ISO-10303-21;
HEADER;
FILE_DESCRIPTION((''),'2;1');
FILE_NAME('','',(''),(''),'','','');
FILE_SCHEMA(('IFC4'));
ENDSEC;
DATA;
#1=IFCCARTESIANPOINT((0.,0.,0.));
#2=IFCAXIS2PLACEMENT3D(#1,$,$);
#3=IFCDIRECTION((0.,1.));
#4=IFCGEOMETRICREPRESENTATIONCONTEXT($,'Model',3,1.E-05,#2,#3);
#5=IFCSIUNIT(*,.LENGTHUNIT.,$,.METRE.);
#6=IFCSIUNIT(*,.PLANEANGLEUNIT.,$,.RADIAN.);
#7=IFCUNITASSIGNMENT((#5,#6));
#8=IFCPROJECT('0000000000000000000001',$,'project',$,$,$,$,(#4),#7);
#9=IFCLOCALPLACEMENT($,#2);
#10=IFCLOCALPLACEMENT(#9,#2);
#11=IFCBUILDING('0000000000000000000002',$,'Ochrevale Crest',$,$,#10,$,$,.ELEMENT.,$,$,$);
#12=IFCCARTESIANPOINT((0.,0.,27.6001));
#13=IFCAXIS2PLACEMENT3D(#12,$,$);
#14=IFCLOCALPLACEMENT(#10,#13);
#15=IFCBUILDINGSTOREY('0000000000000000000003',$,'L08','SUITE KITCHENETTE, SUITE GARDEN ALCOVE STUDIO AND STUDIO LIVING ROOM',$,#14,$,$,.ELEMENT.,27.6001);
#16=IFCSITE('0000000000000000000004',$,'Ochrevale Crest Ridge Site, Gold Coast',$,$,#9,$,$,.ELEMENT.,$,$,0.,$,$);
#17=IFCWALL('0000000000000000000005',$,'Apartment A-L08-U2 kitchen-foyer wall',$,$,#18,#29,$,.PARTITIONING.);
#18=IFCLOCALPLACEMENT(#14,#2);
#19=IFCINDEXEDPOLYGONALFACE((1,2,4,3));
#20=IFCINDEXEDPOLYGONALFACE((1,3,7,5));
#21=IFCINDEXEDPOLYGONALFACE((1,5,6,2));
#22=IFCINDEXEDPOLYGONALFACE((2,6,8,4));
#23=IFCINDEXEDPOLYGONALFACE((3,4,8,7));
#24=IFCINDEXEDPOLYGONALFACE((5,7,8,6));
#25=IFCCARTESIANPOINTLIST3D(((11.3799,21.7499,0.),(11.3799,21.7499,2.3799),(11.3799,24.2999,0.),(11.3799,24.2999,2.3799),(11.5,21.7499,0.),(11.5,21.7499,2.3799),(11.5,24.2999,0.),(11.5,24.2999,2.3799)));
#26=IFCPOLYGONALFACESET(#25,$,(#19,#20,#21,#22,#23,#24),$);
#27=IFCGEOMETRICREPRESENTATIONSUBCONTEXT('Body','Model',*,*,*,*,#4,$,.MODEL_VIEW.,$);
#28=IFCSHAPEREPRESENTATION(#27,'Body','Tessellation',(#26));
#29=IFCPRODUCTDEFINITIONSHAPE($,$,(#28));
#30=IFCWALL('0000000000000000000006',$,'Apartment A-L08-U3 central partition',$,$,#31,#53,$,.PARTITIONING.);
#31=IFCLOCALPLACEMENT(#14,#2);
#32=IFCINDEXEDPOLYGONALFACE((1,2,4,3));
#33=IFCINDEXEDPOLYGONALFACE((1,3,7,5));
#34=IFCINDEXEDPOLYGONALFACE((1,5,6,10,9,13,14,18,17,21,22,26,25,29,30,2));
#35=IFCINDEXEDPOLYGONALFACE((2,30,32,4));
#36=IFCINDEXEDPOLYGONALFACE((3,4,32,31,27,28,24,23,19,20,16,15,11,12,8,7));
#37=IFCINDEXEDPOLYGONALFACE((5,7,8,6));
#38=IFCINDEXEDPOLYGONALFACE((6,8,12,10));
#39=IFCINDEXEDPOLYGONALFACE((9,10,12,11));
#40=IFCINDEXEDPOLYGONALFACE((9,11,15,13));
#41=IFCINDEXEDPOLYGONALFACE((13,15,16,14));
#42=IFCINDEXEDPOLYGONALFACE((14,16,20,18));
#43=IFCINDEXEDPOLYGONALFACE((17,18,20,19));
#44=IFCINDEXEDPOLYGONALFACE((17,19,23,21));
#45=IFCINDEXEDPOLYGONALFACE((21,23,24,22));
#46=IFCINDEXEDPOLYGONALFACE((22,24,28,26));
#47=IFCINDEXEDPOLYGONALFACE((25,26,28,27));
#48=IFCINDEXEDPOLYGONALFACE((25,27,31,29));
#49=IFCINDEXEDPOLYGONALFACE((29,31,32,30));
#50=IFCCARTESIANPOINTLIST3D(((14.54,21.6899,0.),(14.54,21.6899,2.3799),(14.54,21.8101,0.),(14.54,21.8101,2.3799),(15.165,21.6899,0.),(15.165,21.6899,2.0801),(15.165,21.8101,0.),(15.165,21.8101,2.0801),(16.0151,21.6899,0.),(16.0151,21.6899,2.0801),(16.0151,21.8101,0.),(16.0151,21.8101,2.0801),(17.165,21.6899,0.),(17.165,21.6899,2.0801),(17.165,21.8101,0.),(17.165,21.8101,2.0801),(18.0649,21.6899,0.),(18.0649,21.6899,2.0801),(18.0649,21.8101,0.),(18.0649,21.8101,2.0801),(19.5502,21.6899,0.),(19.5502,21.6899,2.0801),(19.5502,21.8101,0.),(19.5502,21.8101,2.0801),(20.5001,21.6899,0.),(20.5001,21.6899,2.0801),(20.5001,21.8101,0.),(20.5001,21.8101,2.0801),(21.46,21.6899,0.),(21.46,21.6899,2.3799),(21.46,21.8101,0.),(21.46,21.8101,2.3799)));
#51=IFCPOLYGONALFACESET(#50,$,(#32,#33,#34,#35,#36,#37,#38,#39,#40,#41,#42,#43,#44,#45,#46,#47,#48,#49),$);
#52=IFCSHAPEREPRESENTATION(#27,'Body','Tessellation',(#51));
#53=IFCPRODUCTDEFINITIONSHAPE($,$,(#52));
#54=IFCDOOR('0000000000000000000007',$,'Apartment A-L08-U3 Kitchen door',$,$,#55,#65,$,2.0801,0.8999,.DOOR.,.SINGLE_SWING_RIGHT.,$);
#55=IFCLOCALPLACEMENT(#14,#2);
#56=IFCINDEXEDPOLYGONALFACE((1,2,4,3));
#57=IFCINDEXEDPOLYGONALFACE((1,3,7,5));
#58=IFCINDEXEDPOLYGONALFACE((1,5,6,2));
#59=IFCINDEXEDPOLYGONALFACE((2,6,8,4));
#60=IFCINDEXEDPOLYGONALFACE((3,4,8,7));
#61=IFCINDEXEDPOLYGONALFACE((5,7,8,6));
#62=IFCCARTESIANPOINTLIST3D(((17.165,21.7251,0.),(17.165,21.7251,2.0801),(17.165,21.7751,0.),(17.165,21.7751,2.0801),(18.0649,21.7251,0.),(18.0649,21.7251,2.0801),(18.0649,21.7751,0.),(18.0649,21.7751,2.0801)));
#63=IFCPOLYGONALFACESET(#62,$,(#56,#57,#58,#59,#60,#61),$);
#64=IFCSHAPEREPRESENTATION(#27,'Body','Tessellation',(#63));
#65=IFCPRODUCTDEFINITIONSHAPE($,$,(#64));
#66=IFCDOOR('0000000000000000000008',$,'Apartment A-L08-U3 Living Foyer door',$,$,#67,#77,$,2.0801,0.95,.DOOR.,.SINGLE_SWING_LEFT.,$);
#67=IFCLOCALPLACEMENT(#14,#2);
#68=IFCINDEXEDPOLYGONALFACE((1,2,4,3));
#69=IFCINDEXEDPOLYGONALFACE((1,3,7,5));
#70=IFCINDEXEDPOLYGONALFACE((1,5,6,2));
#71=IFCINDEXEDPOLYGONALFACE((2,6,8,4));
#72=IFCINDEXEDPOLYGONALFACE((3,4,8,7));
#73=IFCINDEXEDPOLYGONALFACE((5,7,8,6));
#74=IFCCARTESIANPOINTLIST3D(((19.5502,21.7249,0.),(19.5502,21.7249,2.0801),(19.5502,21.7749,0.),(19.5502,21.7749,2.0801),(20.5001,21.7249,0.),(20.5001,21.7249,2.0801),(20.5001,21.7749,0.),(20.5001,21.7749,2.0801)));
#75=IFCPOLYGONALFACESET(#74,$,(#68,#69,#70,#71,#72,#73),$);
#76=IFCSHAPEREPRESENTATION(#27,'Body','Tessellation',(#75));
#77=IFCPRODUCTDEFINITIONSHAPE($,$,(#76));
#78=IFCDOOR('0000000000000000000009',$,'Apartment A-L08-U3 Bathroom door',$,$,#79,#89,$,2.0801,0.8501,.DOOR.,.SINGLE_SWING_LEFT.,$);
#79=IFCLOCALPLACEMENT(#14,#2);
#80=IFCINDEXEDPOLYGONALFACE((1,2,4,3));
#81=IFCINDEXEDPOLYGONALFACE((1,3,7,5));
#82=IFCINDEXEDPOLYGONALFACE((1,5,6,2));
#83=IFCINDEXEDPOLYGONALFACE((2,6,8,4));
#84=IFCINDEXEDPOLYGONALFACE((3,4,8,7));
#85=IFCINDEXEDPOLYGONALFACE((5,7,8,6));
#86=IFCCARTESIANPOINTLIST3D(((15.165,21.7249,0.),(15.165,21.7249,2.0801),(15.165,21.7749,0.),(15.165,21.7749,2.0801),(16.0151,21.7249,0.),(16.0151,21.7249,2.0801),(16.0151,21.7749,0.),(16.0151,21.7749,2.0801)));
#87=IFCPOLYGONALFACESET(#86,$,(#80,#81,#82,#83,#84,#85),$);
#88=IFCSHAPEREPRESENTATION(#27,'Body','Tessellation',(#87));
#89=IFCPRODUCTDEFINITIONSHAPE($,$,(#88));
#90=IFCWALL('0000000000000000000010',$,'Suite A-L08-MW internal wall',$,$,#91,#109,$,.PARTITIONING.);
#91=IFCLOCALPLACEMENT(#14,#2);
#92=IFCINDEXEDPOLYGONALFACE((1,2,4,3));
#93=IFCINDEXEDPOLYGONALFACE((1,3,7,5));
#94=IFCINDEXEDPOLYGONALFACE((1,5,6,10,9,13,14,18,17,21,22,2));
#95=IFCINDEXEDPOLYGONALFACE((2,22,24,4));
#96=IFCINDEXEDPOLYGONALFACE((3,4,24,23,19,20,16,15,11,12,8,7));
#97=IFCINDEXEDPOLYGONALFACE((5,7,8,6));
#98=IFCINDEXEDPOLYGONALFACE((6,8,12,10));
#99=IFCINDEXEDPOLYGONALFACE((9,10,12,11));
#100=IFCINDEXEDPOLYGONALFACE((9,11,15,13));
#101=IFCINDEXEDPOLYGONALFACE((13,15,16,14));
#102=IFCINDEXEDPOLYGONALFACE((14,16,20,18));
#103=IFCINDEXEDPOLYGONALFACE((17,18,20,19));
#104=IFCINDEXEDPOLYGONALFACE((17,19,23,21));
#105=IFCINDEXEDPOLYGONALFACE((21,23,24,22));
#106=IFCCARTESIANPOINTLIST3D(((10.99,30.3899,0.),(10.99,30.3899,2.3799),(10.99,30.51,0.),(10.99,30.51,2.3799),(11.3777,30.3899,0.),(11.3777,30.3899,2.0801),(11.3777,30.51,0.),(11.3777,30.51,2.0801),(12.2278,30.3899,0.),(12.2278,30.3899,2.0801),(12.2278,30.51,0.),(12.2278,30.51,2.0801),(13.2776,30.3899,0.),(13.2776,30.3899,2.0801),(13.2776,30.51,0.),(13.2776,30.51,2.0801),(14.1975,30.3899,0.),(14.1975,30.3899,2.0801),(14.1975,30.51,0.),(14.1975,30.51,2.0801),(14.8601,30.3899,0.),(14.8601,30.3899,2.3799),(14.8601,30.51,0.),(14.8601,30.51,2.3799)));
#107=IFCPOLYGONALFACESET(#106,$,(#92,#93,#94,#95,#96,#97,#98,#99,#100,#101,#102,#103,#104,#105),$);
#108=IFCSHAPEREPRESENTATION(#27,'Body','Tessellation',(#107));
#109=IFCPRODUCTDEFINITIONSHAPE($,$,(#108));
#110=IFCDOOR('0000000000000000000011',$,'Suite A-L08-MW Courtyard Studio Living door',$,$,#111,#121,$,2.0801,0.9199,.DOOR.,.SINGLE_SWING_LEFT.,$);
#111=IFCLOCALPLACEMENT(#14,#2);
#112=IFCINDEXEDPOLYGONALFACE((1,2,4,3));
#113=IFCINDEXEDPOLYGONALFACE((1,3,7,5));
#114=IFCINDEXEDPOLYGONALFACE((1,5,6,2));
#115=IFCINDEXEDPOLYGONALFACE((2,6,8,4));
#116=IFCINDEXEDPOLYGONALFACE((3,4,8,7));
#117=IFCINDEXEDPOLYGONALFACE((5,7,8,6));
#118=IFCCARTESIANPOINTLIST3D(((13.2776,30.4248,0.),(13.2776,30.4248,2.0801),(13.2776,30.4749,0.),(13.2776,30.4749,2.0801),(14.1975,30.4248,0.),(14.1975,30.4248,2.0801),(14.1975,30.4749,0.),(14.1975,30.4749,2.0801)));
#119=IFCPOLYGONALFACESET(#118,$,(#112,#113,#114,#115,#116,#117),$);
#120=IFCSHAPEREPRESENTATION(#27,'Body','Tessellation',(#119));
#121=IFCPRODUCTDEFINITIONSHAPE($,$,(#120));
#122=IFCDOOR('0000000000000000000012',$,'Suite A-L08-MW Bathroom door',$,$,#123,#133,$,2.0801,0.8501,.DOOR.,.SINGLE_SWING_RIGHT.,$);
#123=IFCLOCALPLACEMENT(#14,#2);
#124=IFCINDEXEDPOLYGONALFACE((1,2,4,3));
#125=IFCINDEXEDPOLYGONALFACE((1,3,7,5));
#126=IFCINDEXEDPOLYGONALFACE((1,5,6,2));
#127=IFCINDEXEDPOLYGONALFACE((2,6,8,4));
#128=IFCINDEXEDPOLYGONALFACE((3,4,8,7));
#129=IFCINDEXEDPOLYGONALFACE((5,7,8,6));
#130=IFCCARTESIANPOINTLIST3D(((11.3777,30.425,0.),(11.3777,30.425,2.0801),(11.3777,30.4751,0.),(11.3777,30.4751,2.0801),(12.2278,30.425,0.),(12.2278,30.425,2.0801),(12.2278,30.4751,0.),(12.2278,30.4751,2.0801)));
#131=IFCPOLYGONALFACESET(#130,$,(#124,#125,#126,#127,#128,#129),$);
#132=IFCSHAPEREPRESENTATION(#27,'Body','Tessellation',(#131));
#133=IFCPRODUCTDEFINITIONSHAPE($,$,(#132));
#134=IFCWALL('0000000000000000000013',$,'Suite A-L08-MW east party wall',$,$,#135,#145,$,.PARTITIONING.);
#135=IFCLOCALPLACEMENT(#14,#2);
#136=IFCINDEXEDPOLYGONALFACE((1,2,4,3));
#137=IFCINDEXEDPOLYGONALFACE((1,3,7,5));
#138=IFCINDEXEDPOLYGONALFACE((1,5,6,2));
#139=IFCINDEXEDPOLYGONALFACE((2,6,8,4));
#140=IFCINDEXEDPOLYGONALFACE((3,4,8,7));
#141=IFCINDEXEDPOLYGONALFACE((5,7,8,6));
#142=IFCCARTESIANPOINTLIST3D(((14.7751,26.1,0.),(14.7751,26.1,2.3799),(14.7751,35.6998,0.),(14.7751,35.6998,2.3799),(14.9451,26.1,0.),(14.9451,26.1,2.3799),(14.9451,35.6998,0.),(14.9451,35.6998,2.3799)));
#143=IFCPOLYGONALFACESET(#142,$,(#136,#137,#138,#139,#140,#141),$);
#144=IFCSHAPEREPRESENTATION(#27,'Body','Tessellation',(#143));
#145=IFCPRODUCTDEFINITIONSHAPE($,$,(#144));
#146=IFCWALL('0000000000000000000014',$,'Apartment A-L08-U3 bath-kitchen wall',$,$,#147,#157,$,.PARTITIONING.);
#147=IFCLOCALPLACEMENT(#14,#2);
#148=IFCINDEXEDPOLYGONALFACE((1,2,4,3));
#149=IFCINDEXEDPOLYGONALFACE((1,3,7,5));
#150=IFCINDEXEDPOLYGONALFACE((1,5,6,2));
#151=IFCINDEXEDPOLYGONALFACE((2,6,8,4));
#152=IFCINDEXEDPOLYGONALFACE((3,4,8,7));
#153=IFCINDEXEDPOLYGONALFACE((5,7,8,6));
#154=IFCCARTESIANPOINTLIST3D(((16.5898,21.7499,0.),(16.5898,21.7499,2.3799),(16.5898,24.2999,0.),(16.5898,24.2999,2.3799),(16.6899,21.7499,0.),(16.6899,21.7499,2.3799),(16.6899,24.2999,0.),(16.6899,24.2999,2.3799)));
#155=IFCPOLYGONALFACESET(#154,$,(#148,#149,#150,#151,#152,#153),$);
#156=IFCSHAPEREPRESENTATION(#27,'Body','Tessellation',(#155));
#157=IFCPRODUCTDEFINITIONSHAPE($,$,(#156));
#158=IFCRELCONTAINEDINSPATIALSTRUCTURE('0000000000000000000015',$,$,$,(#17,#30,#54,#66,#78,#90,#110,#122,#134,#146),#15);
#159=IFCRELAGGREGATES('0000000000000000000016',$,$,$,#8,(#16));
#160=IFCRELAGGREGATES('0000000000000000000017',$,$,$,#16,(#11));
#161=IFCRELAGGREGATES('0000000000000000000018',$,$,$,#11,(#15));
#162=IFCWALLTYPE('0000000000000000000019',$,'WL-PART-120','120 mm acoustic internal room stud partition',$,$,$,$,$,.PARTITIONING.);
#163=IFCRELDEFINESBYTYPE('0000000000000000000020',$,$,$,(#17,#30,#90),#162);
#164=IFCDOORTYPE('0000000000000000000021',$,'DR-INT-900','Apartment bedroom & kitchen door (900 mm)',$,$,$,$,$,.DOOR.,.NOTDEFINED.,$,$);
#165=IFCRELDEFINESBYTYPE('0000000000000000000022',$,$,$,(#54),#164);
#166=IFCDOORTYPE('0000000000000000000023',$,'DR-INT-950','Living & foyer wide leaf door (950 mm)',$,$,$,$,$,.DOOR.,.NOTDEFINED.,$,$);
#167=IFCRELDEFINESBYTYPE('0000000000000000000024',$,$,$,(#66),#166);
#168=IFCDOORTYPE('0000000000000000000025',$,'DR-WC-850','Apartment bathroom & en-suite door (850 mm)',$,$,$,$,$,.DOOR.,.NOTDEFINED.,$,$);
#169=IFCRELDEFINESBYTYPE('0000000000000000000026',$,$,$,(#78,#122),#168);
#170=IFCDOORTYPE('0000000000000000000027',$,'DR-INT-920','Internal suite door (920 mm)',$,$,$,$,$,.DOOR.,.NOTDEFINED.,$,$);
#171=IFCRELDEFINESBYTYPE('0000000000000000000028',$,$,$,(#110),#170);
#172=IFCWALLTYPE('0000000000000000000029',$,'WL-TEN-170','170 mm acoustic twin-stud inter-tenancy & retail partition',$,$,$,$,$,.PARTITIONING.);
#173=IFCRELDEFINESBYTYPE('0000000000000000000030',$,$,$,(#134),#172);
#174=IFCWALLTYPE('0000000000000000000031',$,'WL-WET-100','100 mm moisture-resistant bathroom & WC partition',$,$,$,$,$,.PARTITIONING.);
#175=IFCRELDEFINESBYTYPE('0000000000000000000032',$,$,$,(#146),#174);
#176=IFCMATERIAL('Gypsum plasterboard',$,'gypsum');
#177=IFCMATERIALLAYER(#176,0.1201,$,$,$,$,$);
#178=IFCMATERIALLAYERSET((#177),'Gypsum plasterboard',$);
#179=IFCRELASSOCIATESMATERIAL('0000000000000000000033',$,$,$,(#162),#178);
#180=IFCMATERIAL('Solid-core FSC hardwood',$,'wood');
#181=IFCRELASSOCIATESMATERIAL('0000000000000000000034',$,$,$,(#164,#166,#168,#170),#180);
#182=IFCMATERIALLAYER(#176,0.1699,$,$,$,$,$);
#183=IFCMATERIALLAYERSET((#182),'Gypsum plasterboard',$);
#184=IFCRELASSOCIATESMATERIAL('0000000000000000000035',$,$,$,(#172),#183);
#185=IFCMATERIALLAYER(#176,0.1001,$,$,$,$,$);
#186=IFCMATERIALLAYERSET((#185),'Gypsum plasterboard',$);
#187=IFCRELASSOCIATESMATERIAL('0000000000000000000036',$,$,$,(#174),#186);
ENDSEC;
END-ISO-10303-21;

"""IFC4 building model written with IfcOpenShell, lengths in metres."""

from ifc_helpers import new_model, si_unit, direction, frame, frame_2d, origin, place, context, subcontext, project, spatial, rectangle, extrude, material, layer, layer_set, type_object, element, fill, save


model = new_model("IFC4")

# Units and contexts
model_context = context("Model", 3, precision=1e-05, world=origin(), true_north=direction((0.0, 1.0)))
body_context = subcontext(model_context, "Body", "Model", "MODEL_VIEW")
ifc_project = project(units=[si_unit("LENGTHUNIT", "METRE"), si_unit("PLANEANGLEUNIT", "RADIAN")], contexts=[model_context])

# Site, building, storey
site_placement = place(None, origin())
site = spatial("IfcSite", under=ifc_project, at=site_placement, Name="Ochrevale Crest Ridge Site, Gold Coast", CompositionType="ELEMENT", RefElevation=0.0)
building_placement = place(site_placement, origin())
building = spatial("IfcBuilding", under=site, at=building_placement, Name="Ochrevale Crest", CompositionType="ELEMENT")
storey_placement = place(building_placement, frame((0.0, 0.0, 27.6001)))
storey = spatial("IfcBuildingStorey", under=building, at=storey_placement, Name="L08", Description="SUITE KITCHENETTE, SUITE GARDEN ALCOVE STUDIO AND STUDIO LIVING ROOM", CompositionType="ELEMENT", Elevation=27.6001)

# Shared definitions
ifc_material_1 = material(Name="Gypsum plasterboard", Category="gypsum")
ifc_material_2 = material(Name="Solid-core FSC hardwood", Category="wood")

# Wall
ifc_layer_1 = layer(ifc_material_1, 0.1201)
ifc_layer_set_1 = layer_set([ifc_layer_1], Name="Gypsum plasterboard")
wall_type_1 = type_object("IfcWallType", Name="WL-PART-120", Description="120 mm acoustic internal room stud partition", PredefinedType="PARTITIONING", material=ifc_layer_set_1)
wall_1_placement = place(storey_placement, frame((11.4399, 21.75, 0.0), z_axis=(0.0, 0.0, 1.0), x_axis=(0.0, 1.0, 0.0)))
element("IfcWall", 1, at=wall_1_placement, inside=storey, type_object=wall_type_1, Name="Apartment A-L08-U2 kitchen-foyer wall", PredefinedType="PARTITIONING", context=body_context, shape_type="SweptSolid", body=[
    extrude(rectangle(XDim=2.55, YDim=0.1201, at=frame_2d((1.2749, 0.0))), origin(), (0.0, 0.0, 1.0), 2.3799),
])

# Walls, openings, doors
wall_2_placement = place(storey_placement, frame((14.54, 21.75, 0.0), z_axis=(0.0, 0.0, 1.0), x_axis=(1.0, 0.0, 0.0)))
wall_2 = element("IfcWall", 2, at=wall_2_placement, inside=storey, type_object=wall_type_1, Name="Apartment A-L08-U3 central partition", PredefinedType="PARTITIONING", context=body_context, shape_type="SweptSolid", body=[
    extrude(rectangle(XDim=6.9199, YDim=0.1201, at=frame_2d((3.46, 0.0))), origin(), (0.0, 0.0, 1.0), 2.3799),
])
opening_1_placement = place(wall_2_placement, frame((0.625, 0.0, 0.0)))
opening_1 = element("IfcOpeningElement", 3, at=opening_1_placement, cuts=wall_2, PredefinedType="OPENING", context=body_context, shape_type="SweptSolid", body=[
    extrude(rectangle(XDim=0.8501, YDim=2.0801, at=frame_2d((0.425, 1.04))), frame((0.0, 0.0701, 0.0), z_axis=(0.0, -1.0, 0.0), x_axis=(1.0, 0.0, 0.0)), (0.0, 0.0, 1.0), 0.1401),
])
opening_2_placement = place(wall_2_placement, frame((3.5249, 0.0, 0.0), z_axis=(0.0, 0.0, 1.0), x_axis=(-1.0, 0.0, 0.0)))
opening_2 = element("IfcOpeningElement", 4, at=opening_2_placement, cuts=wall_2, PredefinedType="OPENING", context=body_context, shape_type="SweptSolid", body=[
    extrude(rectangle(XDim=0.8999, YDim=2.0801, at=frame_2d((0.45, 1.04))), frame((0.0, 0.0701, 0.0), z_axis=(0.0, -1.0, 0.0), x_axis=(1.0, 0.0, 0.0)), (0.0, 0.0, 1.0), 0.1401),
])
opening_3_placement = place(wall_2_placement, frame((5.01, 0.0, 0.0)))
opening_3 = element("IfcOpeningElement", 5, at=opening_3_placement, cuts=wall_2, PredefinedType="OPENING", context=body_context, shape_type="SweptSolid", body=[
    extrude(rectangle(XDim=0.95, YDim=2.0801, at=frame_2d((0.4751, 1.04))), frame((0.0, 0.0701, 0.0), z_axis=(0.0, -1.0, 0.0), x_axis=(1.0, 0.0, 0.0)), (0.0, 0.0, 1.0), 0.1401),
])
door_type_1 = type_object("IfcDoorType", Name="DR-INT-900", Description="Apartment bedroom & kitchen door (900 mm)", OperationType="NOTDEFINED", PredefinedType="DOOR", material=ifc_material_2)
door_1_placement = place(opening_2_placement, origin())
door_1 = element("IfcDoor", 6, at=door_1_placement, inside=storey, type_object=door_type_1, Name="Apartment A-L08-U3 Kitchen door", OperationType="SINGLE_SWING_RIGHT", OverallHeight=2.0801, OverallWidth=0.8999, PredefinedType="DOOR", context=body_context, shape_type="SweptSolid", body=[
    extrude(rectangle(XDim=0.8999, YDim=2.0801, at=frame_2d((0.45, 1.04))), frame((0.0, 0.0249, 0.0), z_axis=(0.0, -1.0, 0.0), x_axis=(1.0, 0.0, 0.0)), (0.0, 0.0, 1.0), 0.05),
])
fill(opening_2, door_1)
door_type_2 = type_object("IfcDoorType", Name="DR-INT-950", Description="Living & foyer wide leaf door (950 mm)", OperationType="NOTDEFINED", PredefinedType="DOOR", material=ifc_material_2)
door_2_placement = place(opening_3_placement, origin())
door_2 = element("IfcDoor", 7, at=door_2_placement, inside=storey, type_object=door_type_2, Name="Apartment A-L08-U3 Living Foyer door", OperationType="SINGLE_SWING_LEFT", OverallHeight=2.0801, OverallWidth=0.95, PredefinedType="DOOR", context=body_context, shape_type="SweptSolid", body=[
    extrude(rectangle(XDim=0.95, YDim=2.0801, at=frame_2d((0.4751, 1.04))), frame((0.0, 0.0249, 0.0), z_axis=(0.0, -1.0, 0.0), x_axis=(1.0, 0.0, 0.0)), (0.0, 0.0, 1.0), 0.05),
])
fill(opening_3, door_2)
door_type_3 = type_object("IfcDoorType", Name="DR-WC-850", Description="Apartment bathroom & en-suite door (850 mm)", OperationType="NOTDEFINED", PredefinedType="DOOR", material=ifc_material_2)
door_3_placement = place(opening_1_placement, origin())
door_3 = element("IfcDoor", 8, at=door_3_placement, inside=storey, type_object=door_type_3, Name="Apartment A-L08-U3 Bathroom door", OperationType="SINGLE_SWING_LEFT", OverallHeight=2.0801, OverallWidth=0.8501, PredefinedType="DOOR", context=body_context, shape_type="SweptSolid", body=[
    extrude(rectangle(XDim=0.8501, YDim=2.0801, at=frame_2d((0.425, 1.04))), frame((0.0, 0.0249, 0.0), z_axis=(0.0, -1.0, 0.0), x_axis=(1.0, 0.0, 0.0)), (0.0, 0.0, 1.0), 0.05),
])
fill(opening_1, door_3)
wall_3_placement = place(storey_placement, frame((10.99, 30.45, 0.0), z_axis=(0.0, 0.0, 1.0), x_axis=(1.0, 0.0, 0.0)))
wall_3 = element("IfcWall", 9, at=wall_3_placement, inside=storey, type_object=wall_type_1, Name="Suite A-L08-MW internal wall", PredefinedType="PARTITIONING", context=body_context, shape_type="SweptSolid", body=[
    extrude(rectangle(XDim=3.8701, YDim=0.1201, at=frame_2d((1.9351, 0.0))), origin(), (0.0, 0.0, 1.0), 2.3799),
])
opening_4_placement = place(wall_3_placement, frame((1.2378, 0.0, 0.0), z_axis=(0.0, 0.0, 1.0), x_axis=(-1.0, 0.0, 0.0)))
opening_4 = element("IfcOpeningElement", 10, at=opening_4_placement, cuts=wall_3, PredefinedType="OPENING", context=body_context, shape_type="SweptSolid", body=[
    extrude(rectangle(XDim=0.8501, YDim=2.0801, at=frame_2d((0.425, 1.04))), frame((0.0, 0.0701, 0.0), z_axis=(0.0, -1.0, 0.0), x_axis=(1.0, 0.0, 0.0)), (0.0, 0.0, 1.0), 0.1401),
])
opening_5_placement = place(wall_3_placement, frame((2.2876, 0.0, 0.0)))
opening_5 = element("IfcOpeningElement", 11, at=opening_5_placement, cuts=wall_3, PredefinedType="OPENING", context=body_context, shape_type="SweptSolid", body=[
    extrude(rectangle(XDim=0.9199, YDim=2.0801, at=frame_2d((0.46, 1.04))), frame((0.0, 0.0701, 0.0), z_axis=(0.0, -1.0, 0.0), x_axis=(1.0, 0.0, 0.0)), (0.0, 0.0, 1.0), 0.1401),
])
door_type_4 = type_object("IfcDoorType", Name="DR-INT-920", Description="Internal suite door (920 mm)", OperationType="NOTDEFINED", PredefinedType="DOOR", material=ifc_material_2)
door_4_placement = place(opening_5_placement, origin())
door_4 = element("IfcDoor", 12, at=door_4_placement, inside=storey, type_object=door_type_4, Name="Suite A-L08-MW Courtyard Studio Living door", OperationType="SINGLE_SWING_LEFT", OverallHeight=2.0801, OverallWidth=0.9199, PredefinedType="DOOR", context=body_context, shape_type="SweptSolid", body=[
    extrude(rectangle(XDim=0.9199, YDim=2.0801, at=frame_2d((0.46, 1.04))), frame((0.0, 0.0249, 0.0), z_axis=(0.0, -1.0, 0.0), x_axis=(1.0, 0.0, 0.0)), (0.0, 0.0, 1.0), 0.05),
])
fill(opening_5, door_4)
door_5_placement = place(opening_4_placement, origin())
door_5 = element("IfcDoor", 13, at=door_5_placement, inside=storey, type_object=door_type_3, Name="Suite A-L08-MW Bathroom door", OperationType="SINGLE_SWING_RIGHT", OverallHeight=2.0801, OverallWidth=0.8501, PredefinedType="DOOR", context=body_context, shape_type="SweptSolid", body=[
    extrude(rectangle(XDim=0.8501, YDim=2.0801, at=frame_2d((0.425, 1.04))), frame((0.0, 0.0249, 0.0), z_axis=(0.0, -1.0, 0.0), x_axis=(1.0, 0.0, 0.0)), (0.0, 0.0, 1.0), 0.05),
])
fill(opening_4, door_5)

# Walls
ifc_layer_2 = layer(ifc_material_1, 0.1699)
ifc_layer_set_2 = layer_set([ifc_layer_2], Name="Gypsum plasterboard")
wall_type_2 = type_object("IfcWallType", Name="WL-TEN-170", Description="170 mm acoustic twin-stud inter-tenancy & retail partition", PredefinedType="PARTITIONING", material=ifc_layer_set_2)
wall_4_placement = place(storey_placement, frame((14.8601, 26.1001, 0.0), z_axis=(0.0, 0.0, 1.0), x_axis=(0.0, 1.0, 0.0)))
element("IfcWall", 14, at=wall_4_placement, inside=storey, type_object=wall_type_2, Name="Suite A-L08-MW east party wall", PredefinedType="PARTITIONING", context=body_context, shape_type="SweptSolid", body=[
    extrude(rectangle(XDim=9.5999, YDim=0.1699, at=frame_2d((4.7998, 0.0))), origin(), (0.0, 0.0, 1.0), 2.3799),
])
ifc_layer_3 = layer(ifc_material_1, 0.1001)
ifc_layer_set_3 = layer_set([ifc_layer_3], Name="Gypsum plasterboard")
wall_type_3 = type_object("IfcWallType", Name="WL-WET-100", Description="100 mm moisture-resistant bathroom & WC partition", PredefinedType="PARTITIONING", material=ifc_layer_set_3)
wall_5_placement = place(storey_placement, frame((16.6399, 21.75, 0.0), z_axis=(0.0, 0.0, 1.0), x_axis=(0.0, 1.0, 0.0)))
element("IfcWall", 15, at=wall_5_placement, inside=storey, type_object=wall_type_3, Name="Apartment A-L08-U3 bath-kitchen wall", PredefinedType="PARTITIONING", context=body_context, shape_type="SweptSolid", body=[
    extrude(rectangle(XDim=2.55, YDim=0.1001, at=frame_2d((1.2749, 0.0))), origin(), (0.0, 0.0, 1.0), 2.3799),
])

save(model, "model.ifc")
